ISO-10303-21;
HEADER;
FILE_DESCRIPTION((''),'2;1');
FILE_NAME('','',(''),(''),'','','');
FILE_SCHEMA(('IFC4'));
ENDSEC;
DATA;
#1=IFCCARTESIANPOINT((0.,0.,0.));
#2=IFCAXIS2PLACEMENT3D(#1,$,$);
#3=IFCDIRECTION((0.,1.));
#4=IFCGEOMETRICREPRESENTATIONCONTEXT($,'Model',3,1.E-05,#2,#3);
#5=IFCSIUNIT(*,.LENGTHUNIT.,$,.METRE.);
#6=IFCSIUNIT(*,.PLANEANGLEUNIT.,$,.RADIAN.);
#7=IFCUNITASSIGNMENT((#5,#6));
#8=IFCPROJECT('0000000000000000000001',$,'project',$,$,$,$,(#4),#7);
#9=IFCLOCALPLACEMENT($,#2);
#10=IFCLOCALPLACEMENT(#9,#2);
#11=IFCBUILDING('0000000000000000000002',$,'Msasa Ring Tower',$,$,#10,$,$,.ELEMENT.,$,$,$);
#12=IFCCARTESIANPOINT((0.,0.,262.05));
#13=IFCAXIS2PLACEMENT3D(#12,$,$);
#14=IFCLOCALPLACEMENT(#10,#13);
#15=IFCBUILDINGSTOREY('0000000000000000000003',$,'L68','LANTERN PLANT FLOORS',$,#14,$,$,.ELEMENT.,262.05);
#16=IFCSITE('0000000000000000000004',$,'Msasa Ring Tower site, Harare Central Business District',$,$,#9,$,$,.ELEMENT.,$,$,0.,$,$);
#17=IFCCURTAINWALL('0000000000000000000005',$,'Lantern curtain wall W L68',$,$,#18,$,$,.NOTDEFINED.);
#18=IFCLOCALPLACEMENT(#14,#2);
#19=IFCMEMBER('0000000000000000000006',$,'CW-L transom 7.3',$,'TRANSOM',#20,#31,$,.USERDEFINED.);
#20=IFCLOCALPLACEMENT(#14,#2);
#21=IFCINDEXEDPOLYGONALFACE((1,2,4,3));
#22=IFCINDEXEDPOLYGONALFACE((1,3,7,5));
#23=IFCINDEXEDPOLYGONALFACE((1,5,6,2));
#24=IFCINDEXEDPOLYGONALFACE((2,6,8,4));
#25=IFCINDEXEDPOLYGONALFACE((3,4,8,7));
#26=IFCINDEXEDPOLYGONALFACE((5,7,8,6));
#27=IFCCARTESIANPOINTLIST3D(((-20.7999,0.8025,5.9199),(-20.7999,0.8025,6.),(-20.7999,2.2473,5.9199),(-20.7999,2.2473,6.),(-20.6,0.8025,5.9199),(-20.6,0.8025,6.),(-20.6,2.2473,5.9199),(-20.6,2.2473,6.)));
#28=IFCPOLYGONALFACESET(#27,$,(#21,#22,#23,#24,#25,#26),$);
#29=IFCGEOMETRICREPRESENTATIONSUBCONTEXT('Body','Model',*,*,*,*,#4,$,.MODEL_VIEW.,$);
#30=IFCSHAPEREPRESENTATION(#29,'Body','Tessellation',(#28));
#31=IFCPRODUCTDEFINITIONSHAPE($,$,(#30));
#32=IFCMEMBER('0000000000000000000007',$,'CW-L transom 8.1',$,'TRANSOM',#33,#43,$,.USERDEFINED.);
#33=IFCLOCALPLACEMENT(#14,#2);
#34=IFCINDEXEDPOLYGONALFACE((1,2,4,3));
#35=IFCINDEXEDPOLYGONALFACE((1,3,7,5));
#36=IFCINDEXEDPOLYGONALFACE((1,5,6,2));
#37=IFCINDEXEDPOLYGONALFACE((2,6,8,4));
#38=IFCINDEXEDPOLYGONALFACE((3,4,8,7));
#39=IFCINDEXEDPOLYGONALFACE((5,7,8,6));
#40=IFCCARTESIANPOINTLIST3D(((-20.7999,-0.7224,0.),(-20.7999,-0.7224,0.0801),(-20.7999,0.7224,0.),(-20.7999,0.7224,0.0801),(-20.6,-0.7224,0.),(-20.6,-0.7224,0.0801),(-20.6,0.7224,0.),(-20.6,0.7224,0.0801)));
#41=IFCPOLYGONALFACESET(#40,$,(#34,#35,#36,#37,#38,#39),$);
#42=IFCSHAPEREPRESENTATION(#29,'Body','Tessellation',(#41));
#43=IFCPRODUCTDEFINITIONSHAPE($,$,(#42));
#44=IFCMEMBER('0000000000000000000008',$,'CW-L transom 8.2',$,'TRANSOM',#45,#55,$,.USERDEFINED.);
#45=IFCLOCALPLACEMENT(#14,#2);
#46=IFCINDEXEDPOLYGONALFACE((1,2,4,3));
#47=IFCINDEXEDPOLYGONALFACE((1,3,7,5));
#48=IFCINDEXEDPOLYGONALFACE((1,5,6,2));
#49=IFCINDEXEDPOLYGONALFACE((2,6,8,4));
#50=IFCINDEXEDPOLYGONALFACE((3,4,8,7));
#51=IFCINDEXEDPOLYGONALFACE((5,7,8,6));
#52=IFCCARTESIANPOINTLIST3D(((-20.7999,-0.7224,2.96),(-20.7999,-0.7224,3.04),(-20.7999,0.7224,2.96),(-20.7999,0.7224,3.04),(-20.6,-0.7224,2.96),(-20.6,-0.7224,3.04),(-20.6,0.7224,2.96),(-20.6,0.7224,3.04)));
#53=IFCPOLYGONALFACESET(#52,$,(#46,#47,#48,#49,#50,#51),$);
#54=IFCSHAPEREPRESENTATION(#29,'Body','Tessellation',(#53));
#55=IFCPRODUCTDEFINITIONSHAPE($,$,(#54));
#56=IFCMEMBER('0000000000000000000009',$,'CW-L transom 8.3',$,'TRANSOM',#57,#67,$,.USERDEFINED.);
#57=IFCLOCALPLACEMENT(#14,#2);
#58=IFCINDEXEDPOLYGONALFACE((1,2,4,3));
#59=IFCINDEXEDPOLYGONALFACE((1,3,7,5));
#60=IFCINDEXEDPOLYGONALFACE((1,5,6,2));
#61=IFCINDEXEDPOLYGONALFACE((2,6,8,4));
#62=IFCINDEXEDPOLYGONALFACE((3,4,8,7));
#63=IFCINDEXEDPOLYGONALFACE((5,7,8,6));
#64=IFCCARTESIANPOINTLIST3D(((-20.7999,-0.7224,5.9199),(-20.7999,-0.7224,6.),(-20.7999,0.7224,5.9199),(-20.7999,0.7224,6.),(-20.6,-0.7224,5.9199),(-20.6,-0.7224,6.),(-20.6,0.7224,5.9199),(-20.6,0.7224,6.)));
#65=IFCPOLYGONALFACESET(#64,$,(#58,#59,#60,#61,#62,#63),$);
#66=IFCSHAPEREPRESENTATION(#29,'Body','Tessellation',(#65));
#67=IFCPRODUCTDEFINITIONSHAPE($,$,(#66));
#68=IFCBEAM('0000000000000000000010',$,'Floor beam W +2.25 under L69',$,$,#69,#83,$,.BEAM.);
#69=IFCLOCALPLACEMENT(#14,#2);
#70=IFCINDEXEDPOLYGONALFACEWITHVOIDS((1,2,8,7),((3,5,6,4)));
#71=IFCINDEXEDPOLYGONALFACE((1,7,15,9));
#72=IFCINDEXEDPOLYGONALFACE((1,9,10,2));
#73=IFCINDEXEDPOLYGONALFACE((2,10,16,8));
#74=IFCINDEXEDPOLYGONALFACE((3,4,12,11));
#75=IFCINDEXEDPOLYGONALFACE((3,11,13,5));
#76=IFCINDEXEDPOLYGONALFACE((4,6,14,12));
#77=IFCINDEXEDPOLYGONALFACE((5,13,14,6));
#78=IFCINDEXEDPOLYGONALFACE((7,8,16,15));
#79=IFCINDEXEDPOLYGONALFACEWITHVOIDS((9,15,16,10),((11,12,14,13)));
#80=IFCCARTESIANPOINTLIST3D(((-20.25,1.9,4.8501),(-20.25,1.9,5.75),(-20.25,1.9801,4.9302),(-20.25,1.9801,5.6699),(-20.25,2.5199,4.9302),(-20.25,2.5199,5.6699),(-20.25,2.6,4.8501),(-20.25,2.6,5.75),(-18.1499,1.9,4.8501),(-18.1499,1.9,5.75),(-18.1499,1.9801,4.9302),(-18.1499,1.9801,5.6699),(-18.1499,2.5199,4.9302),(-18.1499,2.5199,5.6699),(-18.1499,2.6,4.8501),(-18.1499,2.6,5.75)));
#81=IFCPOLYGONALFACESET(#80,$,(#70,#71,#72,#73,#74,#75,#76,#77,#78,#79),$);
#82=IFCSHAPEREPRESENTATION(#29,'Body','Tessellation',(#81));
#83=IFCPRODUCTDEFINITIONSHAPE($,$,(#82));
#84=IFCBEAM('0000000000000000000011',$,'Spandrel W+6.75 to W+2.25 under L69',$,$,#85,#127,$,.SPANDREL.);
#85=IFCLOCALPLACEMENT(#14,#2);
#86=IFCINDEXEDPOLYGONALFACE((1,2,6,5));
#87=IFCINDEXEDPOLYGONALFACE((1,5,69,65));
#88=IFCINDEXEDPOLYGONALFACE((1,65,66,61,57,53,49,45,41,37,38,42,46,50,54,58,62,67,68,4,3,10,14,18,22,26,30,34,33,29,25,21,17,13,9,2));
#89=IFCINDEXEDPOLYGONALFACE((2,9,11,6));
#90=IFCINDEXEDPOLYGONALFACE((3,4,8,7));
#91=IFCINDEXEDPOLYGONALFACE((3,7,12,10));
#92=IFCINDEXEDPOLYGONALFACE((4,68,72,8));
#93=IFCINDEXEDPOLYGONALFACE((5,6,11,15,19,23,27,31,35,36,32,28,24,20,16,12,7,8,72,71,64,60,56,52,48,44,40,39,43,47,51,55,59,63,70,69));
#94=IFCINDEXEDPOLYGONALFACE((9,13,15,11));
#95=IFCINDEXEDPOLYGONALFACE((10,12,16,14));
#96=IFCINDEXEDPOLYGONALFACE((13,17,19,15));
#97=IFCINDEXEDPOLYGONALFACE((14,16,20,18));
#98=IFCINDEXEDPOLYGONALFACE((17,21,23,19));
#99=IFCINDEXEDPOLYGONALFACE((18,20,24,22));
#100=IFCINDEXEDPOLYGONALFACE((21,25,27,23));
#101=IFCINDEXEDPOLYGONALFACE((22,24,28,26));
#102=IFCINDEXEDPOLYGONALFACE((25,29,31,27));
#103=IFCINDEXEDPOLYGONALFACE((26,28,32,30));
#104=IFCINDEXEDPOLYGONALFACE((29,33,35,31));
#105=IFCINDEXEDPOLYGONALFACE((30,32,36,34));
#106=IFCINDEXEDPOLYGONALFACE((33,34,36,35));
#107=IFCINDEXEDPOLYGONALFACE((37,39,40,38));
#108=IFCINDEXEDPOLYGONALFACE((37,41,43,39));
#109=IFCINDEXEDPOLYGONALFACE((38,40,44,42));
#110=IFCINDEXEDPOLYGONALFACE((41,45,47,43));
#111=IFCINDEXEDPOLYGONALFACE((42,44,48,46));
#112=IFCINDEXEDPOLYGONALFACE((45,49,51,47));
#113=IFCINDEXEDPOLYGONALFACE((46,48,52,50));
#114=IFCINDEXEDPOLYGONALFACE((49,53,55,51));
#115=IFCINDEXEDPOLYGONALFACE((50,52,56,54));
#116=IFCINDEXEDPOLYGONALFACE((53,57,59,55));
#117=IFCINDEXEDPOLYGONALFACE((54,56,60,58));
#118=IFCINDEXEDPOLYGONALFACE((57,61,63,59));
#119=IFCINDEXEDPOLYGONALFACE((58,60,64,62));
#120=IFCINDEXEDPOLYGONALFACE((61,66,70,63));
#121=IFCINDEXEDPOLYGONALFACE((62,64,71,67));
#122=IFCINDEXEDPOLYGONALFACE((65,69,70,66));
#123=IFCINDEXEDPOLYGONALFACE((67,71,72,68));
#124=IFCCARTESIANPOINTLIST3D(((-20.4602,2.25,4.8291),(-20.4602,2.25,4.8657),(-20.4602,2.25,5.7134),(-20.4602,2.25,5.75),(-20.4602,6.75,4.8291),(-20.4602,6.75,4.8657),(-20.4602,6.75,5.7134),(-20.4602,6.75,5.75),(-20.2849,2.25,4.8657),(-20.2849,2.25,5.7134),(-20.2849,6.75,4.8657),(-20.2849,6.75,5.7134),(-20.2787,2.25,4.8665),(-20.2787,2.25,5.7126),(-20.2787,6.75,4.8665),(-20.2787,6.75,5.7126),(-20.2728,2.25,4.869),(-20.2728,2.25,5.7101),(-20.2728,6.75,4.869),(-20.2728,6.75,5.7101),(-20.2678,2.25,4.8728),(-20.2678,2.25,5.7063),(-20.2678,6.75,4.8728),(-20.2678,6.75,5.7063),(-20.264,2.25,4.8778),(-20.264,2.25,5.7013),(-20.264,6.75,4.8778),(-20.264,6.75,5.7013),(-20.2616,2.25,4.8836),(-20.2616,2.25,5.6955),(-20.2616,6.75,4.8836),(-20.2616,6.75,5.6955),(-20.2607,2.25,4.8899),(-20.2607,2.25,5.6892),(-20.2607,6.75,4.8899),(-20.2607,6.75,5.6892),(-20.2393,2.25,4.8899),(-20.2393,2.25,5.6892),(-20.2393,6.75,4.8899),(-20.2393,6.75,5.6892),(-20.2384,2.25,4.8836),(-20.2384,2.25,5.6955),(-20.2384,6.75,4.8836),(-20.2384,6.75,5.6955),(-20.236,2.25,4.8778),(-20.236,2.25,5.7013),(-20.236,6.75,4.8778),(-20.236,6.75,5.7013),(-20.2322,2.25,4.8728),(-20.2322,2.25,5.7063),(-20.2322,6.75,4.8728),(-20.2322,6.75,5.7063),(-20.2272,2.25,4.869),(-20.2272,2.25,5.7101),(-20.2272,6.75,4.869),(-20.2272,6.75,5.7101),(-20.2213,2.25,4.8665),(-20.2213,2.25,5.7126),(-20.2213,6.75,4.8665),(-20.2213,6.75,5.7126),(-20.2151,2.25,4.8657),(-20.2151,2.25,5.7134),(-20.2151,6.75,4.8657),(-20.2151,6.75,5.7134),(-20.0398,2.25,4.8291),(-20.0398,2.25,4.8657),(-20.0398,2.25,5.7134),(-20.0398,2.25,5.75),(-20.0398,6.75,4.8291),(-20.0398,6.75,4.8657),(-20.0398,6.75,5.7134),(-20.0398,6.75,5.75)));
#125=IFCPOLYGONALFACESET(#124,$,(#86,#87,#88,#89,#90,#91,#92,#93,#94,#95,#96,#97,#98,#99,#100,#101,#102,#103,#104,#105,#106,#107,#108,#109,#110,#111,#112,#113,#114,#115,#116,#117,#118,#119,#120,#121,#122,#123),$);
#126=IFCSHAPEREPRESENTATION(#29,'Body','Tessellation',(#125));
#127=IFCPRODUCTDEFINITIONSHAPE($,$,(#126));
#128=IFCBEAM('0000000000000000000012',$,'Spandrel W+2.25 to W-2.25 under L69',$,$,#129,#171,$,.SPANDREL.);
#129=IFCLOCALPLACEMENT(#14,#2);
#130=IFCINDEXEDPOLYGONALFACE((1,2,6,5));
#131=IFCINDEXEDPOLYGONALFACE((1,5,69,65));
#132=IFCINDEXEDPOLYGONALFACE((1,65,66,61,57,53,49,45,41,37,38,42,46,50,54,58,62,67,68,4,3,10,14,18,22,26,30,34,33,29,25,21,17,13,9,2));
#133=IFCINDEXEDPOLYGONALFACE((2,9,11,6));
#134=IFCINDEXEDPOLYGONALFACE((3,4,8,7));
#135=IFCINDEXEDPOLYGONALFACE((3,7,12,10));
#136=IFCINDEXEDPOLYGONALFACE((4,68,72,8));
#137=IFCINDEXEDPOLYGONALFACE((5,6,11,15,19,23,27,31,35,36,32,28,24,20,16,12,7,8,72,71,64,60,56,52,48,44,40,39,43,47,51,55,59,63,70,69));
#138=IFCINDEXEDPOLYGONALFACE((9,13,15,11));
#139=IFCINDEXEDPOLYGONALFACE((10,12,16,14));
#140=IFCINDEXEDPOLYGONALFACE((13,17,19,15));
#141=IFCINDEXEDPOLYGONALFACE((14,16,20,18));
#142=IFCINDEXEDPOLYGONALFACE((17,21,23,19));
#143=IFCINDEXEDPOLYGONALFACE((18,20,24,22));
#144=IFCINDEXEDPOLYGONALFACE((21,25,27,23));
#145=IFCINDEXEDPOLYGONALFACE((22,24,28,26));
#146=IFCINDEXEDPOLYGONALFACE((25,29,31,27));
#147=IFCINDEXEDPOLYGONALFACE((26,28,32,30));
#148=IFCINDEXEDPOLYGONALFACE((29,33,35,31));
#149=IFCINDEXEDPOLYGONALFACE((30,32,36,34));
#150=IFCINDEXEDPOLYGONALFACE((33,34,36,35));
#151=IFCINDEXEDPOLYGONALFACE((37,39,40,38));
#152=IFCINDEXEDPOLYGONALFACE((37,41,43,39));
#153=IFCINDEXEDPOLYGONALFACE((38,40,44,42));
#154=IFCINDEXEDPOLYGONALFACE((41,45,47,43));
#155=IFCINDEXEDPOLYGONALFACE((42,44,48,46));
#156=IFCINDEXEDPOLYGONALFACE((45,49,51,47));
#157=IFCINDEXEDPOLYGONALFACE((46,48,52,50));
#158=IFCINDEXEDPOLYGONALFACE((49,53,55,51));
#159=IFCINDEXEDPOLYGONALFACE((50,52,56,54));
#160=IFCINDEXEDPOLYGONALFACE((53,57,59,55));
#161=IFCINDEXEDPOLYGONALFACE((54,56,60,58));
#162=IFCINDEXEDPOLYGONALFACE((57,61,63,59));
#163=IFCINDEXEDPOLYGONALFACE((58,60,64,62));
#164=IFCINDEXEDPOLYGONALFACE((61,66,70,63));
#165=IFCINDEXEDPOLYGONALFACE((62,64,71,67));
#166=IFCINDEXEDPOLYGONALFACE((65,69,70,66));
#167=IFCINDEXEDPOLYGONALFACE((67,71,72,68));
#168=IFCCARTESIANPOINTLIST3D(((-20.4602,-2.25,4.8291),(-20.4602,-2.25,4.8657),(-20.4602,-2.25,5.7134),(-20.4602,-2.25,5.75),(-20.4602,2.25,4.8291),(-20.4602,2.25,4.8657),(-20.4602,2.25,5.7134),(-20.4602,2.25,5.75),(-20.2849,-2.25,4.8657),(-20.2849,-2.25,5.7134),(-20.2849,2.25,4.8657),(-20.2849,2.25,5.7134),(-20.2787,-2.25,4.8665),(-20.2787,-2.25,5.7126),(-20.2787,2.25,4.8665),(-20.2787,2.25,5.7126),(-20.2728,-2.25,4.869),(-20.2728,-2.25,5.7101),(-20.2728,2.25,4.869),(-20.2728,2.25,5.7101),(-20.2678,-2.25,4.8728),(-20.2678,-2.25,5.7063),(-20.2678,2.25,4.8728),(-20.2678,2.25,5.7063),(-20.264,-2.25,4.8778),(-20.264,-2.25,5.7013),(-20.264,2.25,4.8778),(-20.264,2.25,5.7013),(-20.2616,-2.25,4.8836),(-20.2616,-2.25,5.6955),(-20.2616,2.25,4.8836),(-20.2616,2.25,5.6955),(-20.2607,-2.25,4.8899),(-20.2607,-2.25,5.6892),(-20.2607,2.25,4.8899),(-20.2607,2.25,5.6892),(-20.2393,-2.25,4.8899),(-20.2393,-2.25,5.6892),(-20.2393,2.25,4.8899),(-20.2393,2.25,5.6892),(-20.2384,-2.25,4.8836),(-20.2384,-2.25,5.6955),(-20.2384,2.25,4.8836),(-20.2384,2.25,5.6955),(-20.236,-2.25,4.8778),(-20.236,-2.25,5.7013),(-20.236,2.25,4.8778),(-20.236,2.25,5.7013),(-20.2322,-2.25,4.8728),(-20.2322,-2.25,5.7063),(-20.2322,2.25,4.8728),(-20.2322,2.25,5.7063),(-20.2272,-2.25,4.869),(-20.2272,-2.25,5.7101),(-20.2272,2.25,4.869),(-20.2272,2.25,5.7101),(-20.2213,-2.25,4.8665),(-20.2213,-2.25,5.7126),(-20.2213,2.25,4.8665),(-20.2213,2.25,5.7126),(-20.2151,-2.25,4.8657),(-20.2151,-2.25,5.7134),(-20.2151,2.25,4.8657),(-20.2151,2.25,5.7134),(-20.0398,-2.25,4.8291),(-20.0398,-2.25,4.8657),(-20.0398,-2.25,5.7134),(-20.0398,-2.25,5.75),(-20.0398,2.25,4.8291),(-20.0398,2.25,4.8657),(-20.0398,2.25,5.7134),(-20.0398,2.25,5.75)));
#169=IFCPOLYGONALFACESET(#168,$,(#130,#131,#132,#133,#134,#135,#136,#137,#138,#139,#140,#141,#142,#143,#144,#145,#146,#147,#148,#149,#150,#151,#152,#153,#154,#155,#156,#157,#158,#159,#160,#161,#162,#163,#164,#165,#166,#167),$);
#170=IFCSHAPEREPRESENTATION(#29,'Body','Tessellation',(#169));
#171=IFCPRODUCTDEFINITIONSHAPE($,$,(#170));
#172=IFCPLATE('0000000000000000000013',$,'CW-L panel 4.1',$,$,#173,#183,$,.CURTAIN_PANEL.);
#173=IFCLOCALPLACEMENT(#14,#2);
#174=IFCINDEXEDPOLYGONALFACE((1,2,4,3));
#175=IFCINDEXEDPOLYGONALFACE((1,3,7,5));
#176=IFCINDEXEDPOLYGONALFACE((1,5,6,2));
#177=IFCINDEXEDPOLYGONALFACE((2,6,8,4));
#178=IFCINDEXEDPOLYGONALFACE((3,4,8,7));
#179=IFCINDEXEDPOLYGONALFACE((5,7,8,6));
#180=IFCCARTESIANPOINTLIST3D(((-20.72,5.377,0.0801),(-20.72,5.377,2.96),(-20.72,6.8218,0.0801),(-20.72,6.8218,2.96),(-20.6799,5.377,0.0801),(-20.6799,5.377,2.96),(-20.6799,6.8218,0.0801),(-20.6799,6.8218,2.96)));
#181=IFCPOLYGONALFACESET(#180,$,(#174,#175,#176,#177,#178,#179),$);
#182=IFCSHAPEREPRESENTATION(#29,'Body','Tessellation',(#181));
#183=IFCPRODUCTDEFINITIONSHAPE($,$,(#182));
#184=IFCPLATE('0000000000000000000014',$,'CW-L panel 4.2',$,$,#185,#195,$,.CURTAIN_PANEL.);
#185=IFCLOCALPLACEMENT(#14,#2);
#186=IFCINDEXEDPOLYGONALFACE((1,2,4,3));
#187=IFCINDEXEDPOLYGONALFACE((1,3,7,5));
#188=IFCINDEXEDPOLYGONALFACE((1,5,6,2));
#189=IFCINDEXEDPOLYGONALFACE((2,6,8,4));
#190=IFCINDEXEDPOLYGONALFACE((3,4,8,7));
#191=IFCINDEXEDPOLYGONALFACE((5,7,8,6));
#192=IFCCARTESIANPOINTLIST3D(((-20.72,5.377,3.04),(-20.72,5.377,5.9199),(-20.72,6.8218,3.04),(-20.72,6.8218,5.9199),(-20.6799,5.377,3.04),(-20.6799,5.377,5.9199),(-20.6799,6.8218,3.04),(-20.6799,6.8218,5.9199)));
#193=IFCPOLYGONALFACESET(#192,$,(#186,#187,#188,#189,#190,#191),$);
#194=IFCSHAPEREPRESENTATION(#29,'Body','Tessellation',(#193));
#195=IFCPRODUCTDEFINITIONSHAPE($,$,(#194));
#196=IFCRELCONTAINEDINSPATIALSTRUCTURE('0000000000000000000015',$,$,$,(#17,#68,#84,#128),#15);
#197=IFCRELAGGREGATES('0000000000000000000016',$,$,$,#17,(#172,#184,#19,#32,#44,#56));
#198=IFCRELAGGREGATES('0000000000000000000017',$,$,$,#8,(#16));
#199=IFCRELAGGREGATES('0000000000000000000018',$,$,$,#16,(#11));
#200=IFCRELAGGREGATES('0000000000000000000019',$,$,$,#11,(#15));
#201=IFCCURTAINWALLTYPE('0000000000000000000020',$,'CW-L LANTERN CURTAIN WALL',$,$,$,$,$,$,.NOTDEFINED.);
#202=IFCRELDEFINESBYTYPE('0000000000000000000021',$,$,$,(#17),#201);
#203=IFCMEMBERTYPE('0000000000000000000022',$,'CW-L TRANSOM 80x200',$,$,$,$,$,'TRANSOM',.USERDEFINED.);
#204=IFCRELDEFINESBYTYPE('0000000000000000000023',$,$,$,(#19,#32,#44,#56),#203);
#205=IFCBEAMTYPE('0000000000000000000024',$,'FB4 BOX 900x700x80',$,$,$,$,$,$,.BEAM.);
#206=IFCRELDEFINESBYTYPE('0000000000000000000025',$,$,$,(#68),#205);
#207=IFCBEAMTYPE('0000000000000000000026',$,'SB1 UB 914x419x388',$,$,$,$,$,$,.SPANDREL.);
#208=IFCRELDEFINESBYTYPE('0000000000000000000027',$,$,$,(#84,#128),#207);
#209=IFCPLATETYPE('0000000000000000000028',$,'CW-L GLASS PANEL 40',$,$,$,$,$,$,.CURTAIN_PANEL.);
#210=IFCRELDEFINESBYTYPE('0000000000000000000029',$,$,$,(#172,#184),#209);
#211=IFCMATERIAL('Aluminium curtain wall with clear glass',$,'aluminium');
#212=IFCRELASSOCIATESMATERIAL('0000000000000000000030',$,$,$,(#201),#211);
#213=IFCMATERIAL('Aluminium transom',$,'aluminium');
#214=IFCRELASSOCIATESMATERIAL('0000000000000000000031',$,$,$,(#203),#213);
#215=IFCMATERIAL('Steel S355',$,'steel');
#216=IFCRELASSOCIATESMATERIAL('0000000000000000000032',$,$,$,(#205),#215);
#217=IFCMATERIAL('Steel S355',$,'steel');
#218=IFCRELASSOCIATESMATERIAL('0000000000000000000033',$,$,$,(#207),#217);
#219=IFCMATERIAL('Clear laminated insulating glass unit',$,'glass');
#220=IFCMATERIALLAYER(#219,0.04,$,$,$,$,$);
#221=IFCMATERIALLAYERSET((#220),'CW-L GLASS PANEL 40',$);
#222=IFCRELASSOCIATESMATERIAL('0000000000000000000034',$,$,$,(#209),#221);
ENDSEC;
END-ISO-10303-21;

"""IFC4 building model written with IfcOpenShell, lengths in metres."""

from ifc_helpers import new_model, si_unit, direction, frame, origin, origin_2d, place, context, subcontext, project, spatial, rectangle, hollow_rectangle, i_section, extrude, material, layer, layer_set, material_profile, profile_set, type_object, element, aggregate, save


model = new_model("IFC4")

# Units and contexts
model_context = context("Model", 3, precision=1e-05, world=origin(), true_north=direction((0.0, 1.0)))
body_context = subcontext(model_context, "Body", "Model", "MODEL_VIEW")
ifc_project = project(units=[si_unit("LENGTHUNIT", "METRE"), si_unit("PLANEANGLEUNIT", "RADIAN")], contexts=[model_context])

# Site, building, storey
site_placement = place(None, origin())
site = spatial("IfcSite", under=ifc_project, at=site_placement, Name="Msasa Ring Tower site, Harare Central Business District", CompositionType="ELEMENT", RefElevation=0.0)
building_placement = place(site_placement, origin())
building = spatial("IfcBuilding", under=site, at=building_placement, Name="Msasa Ring Tower", CompositionType="ELEMENT")
storey_placement = place(building_placement, frame((0.0, 0.0, 262.05)))
storey = spatial("IfcBuildingStorey", under=building, at=storey_placement, Name="L68", Description="LANTERN PLANT FLOORS", CompositionType="ELEMENT", Elevation=262.05)

# Curtain wall, members
ifc_material_1 = material(Name="Aluminium curtain wall with clear glass", Category="aluminium")
curtain_wall_type = type_object("IfcCurtainWallType", Name="CW-L LANTERN CURTAIN WALL", PredefinedType="NOTDEFINED", material=ifc_material_1)
curtain_wall_placement = place(storey_placement, origin())
curtain_wall = element("IfcCurtainWall", 1, at=curtain_wall_placement, inside=storey, type_object=curtain_wall_type, Name="Lantern curtain wall W L68", PredefinedType="NOTDEFINED")
ifc_material_2 = material(Name="Aluminium transom", Category="aluminium")
ifc_material_profile_1 = material_profile(ifc_material_2, rectangle(XDim=0.2, YDim=0.0801, at=origin_2d()), Name="AL 80x200")
ifc_profile_set_1 = profile_set([ifc_material_profile_1], Name="Aluminium transom")
member_type_1 = type_object("IfcMemberType", Name="CW-L TRANSOM 80x200", ElementType="TRANSOM", PredefinedType="USERDEFINED", material=ifc_profile_set_1)
member_1_placement = place(storey_placement, frame((-20.7, 2.2473, 5.96), z_axis=(0.0, -1.0, 0.0), x_axis=(1.0, 0.0, 0.0)))
member_1 = element("IfcMember", 2, at=member_1_placement, type_object=member_type_1, Name="CW-L transom 7.3", ObjectType="TRANSOM", PredefinedType="USERDEFINED", context=body_context, shape_type="SweptSolid", body=[
    extrude(rectangle(XDim=0.2, YDim=0.0801, at=origin_2d()), origin(), (0.0, 0.0, 1.0), 1.4448),
])
member_2_placement = place(storey_placement, frame((-20.7, 0.7224, 0.04), z_axis=(0.0, -1.0, 0.0), x_axis=(1.0, 0.0, 0.0)))
member_2 = element("IfcMember", 3, at=member_2_placement, type_object=member_type_1, Name="CW-L transom 8.1", ObjectType="TRANSOM", PredefinedType="USERDEFINED", context=body_context, shape_type="SweptSolid", body=[
    extrude(rectangle(XDim=0.2, YDim=0.0801, at=origin_2d()), origin(), (0.0, 0.0, 1.0), 1.4448),
])
member_3_placement = place(storey_placement, frame((-20.7, 0.7224, 3.0), z_axis=(0.0, -1.0, 0.0), x_axis=(1.0, 0.0, 0.0)))
member_3 = element("IfcMember", 4, at=member_3_placement, type_object=member_type_1, Name="CW-L transom 8.2", ObjectType="TRANSOM", PredefinedType="USERDEFINED", context=body_context, shape_type="SweptSolid", body=[
    extrude(rectangle(XDim=0.2, YDim=0.0801, at=origin_2d()), origin(), (0.0, 0.0, 1.0), 1.4448),
])
member_4_placement = place(storey_placement, frame((-20.7, 0.7224, 5.96), z_axis=(0.0, -1.0, 0.0), x_axis=(1.0, 0.0, 0.0)))
member_4 = element("IfcMember", 5, at=member_4_placement, type_object=member_type_1, Name="CW-L transom 8.3", ObjectType="TRANSOM", PredefinedType="USERDEFINED", context=body_context, shape_type="SweptSolid", body=[
    extrude(rectangle(XDim=0.2, YDim=0.0801, at=origin_2d()), origin(), (0.0, 0.0, 1.0), 1.4448),
])

# Beams
ifc_material_3 = material(Name="Steel S355", Category="steel")
ifc_material_profile_2 = material_profile(ifc_material_3, hollow_rectangle(XDim=0.7, YDim=0.8999, WallThickness=0.0801, at=origin_2d()), Name="BOX 900x700x80")
ifc_profile_set_2 = profile_set([ifc_material_profile_2], Name="Steel S355")
beam_type_1 = type_object("IfcBeamType", Name="FB4 BOX 900x700x80", PredefinedType="BEAM", material=ifc_profile_set_2)
beam_placement = place(storey_placement, frame((-20.25, 2.25, 5.3), z_axis=(1.0, 0.0, 0.0), x_axis=(0.0, 1.0, 0.0)))
element("IfcBeam", 6, at=beam_placement, inside=storey, type_object=beam_type_1, Name="Floor beam W +2.25 under L69", PredefinedType="BEAM", context=body_context, shape_type="SweptSolid", body=[
    extrude(hollow_rectangle(XDim=0.7, YDim=0.8999, WallThickness=0.0801, at=origin_2d()), origin(), (0.0, 0.0, 1.0), 2.1001),
])
ifc_material_4 = material(Name="Steel S355", Category="steel")
ifc_material_profile_3 = material_profile(ifc_material_4, i_section(OverallWidth=0.4204, OverallDepth=0.9209, WebThickness=0.0215, FlangeThickness=0.0366, FilletRadius=0.0242, at=origin_2d()), Name="UB 914x419x388")
ifc_profile_set_3 = profile_set([ifc_material_profile_3], Name="Steel S355")
beam_type_2 = type_object("IfcBeamType", Name="SB1 UB 914x419x388", PredefinedType="SPANDREL", material=ifc_profile_set_3)
for number, where, z_axis, x_axis, name in (
    (7, (-20.25, 6.75, 5.2896), (0.0, -1.0, 0.0), (1.0, 0.0, 0.0), "Spandrel W+6.75 to W+2.25 under L69"),
    (8, (-20.25, 2.25, 5.2896), (0.0, -1.0, 0.0), (1.0, 0.0, 0.0), "Spandrel W+2.25 to W-2.25 under L69"),
):
    element("IfcBeam", number, at=place(storey_placement, frame(where, z_axis=z_axis, x_axis=x_axis)), inside=storey, type_object=beam_type_2, Name=name, PredefinedType="SPANDREL", context=body_context, shape_type="SweptSolid", body=[
        extrude(i_section(OverallWidth=0.4204, OverallDepth=0.9209, WebThickness=0.0215, FlangeThickness=0.0366, FilletRadius=0.0242, at=origin_2d()), origin(), (0.0, 0.0, 1.0), 4.5),
    ])

# Plates
ifc_material_5 = material(Name="Clear laminated insulating glass unit", Category="glass")
ifc_layer_1 = layer(ifc_material_5, 0.04)
ifc_layer_set_1 = layer_set([ifc_layer_1], Name="CW-L GLASS PANEL 40")
plate_type = type_object("IfcPlateType", Name="CW-L GLASS PANEL 40", PredefinedType="CURTAIN_PANEL", material=ifc_layer_set_1)
plate_1_placement = place(storey_placement, frame((-20.7, 6.0994, 0.0801), z_axis=(0.0, 0.0, 1.0), x_axis=(0.0, -1.0, 0.0)))
plate_1 = element("IfcPlate", 9, at=plate_1_placement, type_object=plate_type, Name="CW-L panel 4.1", PredefinedType="CURTAIN_PANEL", context=body_context, shape_type="SweptSolid", body=[
    extrude(rectangle(XDim=1.4448, YDim=0.04, at=origin_2d()), origin(), (0.0, 0.0, 1.0), 2.8799),
])
plate_2_placement = place(storey_placement, frame((-20.7, 6.0994, 3.04), z_axis=(0.0, 0.0, 1.0), x_axis=(0.0, -1.0, 0.0)))
plate_2 = element("IfcPlate", 10, at=plate_2_placement, type_object=plate_type, Name="CW-L panel 4.2", PredefinedType="CURTAIN_PANEL", context=body_context, shape_type="SweptSolid", body=[
    extrude(rectangle(XDim=1.4448, YDim=0.04, at=origin_2d()), origin(), (0.0, 0.0, 1.0), 2.8799),
])
aggregate(curtain_wall, [plate_1, plate_2, member_1, member_2, member_3, member_4])

save(model, "model.ifc")
